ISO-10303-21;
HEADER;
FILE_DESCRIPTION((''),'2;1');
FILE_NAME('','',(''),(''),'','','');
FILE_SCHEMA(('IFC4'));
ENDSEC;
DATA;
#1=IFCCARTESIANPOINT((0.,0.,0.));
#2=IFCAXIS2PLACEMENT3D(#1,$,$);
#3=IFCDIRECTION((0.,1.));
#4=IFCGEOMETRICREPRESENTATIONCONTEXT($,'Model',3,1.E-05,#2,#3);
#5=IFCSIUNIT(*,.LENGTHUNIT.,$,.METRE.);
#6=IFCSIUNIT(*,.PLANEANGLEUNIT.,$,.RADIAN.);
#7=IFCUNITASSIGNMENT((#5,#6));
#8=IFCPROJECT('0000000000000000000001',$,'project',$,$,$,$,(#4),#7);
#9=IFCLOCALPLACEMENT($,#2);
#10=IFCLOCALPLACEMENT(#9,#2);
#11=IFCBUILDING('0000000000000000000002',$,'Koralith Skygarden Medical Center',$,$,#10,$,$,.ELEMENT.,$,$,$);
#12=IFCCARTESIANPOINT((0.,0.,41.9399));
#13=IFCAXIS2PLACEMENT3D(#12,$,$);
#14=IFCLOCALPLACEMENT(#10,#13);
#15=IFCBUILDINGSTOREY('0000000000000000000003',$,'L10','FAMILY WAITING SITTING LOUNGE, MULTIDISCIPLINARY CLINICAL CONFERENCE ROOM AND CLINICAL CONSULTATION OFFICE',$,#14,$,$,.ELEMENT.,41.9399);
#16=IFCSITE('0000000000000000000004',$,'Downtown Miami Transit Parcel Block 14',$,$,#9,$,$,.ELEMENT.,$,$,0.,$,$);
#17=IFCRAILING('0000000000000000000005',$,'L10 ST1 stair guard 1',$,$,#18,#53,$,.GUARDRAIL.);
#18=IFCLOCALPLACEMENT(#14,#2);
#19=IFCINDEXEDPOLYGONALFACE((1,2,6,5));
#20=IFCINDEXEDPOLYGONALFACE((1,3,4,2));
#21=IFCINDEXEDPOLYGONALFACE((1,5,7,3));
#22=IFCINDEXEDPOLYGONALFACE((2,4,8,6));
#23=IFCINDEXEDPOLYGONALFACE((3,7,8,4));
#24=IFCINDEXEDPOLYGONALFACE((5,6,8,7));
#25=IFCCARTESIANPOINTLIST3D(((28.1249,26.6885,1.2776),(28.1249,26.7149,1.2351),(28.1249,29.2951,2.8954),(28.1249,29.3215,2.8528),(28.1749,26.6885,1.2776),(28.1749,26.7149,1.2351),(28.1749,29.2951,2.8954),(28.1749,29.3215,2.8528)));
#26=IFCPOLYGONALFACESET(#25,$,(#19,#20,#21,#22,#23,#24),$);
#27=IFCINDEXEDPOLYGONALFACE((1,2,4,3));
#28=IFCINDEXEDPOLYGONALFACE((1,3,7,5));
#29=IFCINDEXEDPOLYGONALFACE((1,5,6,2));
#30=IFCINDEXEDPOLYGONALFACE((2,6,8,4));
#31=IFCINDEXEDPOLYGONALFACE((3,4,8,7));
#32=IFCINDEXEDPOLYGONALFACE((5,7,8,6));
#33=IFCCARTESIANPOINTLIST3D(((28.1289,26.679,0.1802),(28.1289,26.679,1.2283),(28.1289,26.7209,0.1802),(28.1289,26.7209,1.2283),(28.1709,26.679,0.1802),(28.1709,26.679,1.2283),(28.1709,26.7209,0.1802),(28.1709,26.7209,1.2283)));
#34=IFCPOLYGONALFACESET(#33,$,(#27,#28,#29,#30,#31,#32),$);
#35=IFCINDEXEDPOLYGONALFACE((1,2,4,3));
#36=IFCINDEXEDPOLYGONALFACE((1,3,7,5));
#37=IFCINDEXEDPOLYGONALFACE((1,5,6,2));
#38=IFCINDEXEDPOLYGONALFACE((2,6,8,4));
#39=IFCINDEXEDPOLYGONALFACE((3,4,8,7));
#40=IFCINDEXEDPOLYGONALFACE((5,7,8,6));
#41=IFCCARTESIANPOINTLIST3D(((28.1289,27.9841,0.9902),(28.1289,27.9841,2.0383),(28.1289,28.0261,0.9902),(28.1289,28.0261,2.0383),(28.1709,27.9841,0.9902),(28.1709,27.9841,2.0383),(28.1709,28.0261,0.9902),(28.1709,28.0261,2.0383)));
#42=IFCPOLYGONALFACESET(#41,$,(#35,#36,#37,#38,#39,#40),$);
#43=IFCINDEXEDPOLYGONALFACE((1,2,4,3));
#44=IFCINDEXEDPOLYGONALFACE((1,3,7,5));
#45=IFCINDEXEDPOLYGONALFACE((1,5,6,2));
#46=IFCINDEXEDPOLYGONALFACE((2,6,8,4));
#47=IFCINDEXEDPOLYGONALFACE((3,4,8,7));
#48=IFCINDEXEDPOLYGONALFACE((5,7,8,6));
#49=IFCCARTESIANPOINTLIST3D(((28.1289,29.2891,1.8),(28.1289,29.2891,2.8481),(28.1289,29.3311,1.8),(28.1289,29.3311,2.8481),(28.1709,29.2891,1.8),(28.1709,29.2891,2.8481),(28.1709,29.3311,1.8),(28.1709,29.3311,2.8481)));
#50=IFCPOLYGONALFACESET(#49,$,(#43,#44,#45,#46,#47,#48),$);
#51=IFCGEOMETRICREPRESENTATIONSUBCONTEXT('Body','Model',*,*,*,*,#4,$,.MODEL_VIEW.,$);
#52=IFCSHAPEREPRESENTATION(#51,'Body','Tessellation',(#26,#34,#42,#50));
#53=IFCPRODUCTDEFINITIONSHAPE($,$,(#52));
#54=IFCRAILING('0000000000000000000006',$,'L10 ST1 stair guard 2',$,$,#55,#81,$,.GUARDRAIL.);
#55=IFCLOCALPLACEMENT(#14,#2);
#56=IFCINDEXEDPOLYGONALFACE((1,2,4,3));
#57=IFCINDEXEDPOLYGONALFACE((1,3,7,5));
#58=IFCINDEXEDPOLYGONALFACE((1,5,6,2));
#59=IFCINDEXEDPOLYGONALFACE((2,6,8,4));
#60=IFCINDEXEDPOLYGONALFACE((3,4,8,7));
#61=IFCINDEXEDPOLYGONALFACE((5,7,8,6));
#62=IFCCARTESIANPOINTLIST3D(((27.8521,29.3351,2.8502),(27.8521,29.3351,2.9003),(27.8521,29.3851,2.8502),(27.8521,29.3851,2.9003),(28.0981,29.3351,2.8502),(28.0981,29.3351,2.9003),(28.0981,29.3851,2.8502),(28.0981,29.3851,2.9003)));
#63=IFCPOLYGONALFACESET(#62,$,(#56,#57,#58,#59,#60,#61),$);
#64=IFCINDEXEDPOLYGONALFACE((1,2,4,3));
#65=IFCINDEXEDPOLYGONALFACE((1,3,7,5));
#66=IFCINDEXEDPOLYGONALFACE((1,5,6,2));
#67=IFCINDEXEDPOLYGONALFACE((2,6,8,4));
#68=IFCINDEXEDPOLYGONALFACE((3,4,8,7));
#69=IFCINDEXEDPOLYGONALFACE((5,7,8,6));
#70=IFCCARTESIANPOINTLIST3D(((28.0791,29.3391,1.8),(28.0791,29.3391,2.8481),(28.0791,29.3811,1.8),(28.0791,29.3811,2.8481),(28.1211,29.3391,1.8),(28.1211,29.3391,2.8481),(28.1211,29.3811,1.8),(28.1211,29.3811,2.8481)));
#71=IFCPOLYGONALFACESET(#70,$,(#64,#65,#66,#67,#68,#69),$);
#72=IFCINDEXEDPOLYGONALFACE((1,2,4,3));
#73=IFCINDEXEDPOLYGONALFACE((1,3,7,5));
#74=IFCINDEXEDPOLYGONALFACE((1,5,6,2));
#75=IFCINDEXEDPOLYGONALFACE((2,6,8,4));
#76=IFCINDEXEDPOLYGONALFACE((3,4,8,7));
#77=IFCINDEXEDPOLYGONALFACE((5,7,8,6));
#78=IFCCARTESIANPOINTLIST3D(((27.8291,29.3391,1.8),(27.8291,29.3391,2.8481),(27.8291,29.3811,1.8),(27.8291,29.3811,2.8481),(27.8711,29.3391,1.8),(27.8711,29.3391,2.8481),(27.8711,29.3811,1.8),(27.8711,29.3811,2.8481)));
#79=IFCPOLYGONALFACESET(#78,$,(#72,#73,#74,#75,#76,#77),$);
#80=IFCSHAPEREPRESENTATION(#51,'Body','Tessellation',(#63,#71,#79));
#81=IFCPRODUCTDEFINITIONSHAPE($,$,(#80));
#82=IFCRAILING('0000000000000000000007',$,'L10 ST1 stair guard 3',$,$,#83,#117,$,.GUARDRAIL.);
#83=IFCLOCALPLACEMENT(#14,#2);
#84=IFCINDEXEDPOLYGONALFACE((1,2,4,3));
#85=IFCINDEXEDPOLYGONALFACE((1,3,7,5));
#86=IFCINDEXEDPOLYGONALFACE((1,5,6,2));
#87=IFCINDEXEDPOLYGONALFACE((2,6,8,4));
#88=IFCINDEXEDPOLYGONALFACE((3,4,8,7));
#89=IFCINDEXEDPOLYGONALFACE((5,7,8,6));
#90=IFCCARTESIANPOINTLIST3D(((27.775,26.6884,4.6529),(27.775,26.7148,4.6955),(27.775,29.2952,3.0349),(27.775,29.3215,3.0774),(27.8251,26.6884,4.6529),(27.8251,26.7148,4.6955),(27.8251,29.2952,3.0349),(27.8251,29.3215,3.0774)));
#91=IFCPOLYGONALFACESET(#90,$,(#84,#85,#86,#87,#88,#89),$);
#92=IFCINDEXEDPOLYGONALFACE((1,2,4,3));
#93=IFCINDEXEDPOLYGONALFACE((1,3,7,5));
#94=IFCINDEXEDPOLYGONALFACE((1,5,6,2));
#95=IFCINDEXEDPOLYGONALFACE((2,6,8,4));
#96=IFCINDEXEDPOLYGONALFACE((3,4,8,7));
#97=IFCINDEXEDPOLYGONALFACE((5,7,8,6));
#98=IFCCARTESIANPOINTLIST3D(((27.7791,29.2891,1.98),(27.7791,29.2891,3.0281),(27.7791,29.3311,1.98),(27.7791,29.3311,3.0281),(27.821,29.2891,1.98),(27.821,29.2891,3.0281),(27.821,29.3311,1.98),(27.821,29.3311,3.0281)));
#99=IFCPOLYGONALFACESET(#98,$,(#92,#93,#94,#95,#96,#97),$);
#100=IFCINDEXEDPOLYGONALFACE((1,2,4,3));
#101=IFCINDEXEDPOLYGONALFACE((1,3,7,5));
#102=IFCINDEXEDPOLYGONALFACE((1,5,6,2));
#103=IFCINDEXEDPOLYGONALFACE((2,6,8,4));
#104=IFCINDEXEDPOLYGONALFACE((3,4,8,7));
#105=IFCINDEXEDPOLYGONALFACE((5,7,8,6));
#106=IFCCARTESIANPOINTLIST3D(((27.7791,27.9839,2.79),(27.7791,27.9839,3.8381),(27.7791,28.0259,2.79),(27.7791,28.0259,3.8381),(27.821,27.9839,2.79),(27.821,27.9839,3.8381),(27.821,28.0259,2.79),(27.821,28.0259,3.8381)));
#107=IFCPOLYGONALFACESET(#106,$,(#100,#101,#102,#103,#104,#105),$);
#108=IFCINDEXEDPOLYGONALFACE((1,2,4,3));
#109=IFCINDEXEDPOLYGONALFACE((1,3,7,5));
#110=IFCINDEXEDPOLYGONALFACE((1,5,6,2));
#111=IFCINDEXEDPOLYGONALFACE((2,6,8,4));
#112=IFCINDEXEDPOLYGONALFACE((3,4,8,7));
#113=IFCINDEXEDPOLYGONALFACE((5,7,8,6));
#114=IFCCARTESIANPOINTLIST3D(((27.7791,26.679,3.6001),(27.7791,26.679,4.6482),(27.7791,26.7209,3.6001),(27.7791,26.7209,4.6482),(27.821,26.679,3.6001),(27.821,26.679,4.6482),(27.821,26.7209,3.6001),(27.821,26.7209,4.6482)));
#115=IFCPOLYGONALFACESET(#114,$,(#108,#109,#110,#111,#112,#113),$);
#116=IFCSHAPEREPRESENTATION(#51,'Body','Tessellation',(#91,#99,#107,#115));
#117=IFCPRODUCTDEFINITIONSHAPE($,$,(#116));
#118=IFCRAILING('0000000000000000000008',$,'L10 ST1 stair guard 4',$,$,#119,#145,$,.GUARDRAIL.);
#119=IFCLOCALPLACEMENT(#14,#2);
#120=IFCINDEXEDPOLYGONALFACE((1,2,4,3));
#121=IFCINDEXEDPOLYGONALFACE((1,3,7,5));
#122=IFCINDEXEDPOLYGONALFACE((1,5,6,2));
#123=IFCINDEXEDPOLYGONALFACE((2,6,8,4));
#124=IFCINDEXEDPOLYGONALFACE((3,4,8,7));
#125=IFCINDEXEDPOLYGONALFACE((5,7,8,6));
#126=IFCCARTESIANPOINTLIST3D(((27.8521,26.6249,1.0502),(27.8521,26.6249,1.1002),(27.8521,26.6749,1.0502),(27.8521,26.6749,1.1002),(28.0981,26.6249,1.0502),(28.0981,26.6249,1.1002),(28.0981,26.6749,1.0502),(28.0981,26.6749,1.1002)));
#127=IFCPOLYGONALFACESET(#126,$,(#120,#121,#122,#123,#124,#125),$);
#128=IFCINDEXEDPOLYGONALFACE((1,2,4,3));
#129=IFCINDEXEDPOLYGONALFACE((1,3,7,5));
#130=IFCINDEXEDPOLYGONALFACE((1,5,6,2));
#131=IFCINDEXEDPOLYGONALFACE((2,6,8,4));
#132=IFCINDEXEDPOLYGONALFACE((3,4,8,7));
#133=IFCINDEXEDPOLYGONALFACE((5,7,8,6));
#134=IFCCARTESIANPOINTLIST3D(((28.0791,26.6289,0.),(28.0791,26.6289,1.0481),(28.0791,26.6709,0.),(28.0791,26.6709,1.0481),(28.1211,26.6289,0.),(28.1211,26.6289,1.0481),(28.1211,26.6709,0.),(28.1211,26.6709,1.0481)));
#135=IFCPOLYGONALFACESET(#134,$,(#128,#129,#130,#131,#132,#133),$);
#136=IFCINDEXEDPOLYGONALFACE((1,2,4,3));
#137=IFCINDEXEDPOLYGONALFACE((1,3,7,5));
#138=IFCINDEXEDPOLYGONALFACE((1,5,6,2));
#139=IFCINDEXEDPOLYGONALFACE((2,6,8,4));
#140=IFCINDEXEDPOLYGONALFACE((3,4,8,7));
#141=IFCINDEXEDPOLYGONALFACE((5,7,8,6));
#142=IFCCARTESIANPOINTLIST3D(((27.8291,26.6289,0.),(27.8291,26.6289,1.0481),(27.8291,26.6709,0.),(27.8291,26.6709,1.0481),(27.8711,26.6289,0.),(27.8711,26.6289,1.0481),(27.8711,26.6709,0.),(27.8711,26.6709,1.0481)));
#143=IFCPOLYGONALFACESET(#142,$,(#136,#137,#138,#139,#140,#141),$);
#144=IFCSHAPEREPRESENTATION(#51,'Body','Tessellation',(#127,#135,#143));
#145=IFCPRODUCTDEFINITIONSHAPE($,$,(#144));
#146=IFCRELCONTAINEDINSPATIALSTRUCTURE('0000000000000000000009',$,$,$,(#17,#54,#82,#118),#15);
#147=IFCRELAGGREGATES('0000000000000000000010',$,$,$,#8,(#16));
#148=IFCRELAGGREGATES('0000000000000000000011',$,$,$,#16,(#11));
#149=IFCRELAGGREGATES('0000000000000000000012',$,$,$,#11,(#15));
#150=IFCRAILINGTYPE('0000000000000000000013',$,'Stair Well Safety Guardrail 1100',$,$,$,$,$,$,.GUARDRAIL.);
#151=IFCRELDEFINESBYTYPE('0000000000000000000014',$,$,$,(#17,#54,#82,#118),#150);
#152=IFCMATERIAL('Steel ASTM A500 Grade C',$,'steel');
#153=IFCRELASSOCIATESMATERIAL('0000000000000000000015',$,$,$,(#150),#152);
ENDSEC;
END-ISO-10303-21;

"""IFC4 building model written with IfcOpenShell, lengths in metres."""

from ifc_helpers import new_model, si_unit, direction, frame, origin, origin_2d, place, context, subcontext, project, spatial, rectangle, extrude, material, type_object, element, save


model = new_model("IFC4")

# Units and contexts
model_context = context("Model", 3, precision=1e-05, world=origin(), true_north=direction((0.0, 1.0)))
body_context = subcontext(model_context, "Body", "Model", "MODEL_VIEW")
ifc_project = project(units=[si_unit("LENGTHUNIT", "METRE"), si_unit("PLANEANGLEUNIT", "RADIAN")], contexts=[model_context])

# Site, building, storey
site_placement = place(None, origin())
site = spatial("IfcSite", under=ifc_project, at=site_placement, Name="Downtown Miami Transit Parcel Block 14", CompositionType="ELEMENT", RefElevation=0.0)
building_placement = place(site_placement, origin())
building = spatial("IfcBuilding", under=site, at=building_placement, Name="Koralith Skygarden Medical Center", CompositionType="ELEMENT")
storey_placement = place(building_placement, frame((0.0, 0.0, 41.9399)))
storey = spatial("IfcBuildingStorey", under=building, at=storey_placement, Name="L10", Description="FAMILY WAITING SITTING LOUNGE, MULTIDISCIPLINARY CLINICAL CONFERENCE ROOM AND CLINICAL CONSULTATION OFFICE", CompositionType="ELEMENT", Elevation=41.9399)

# Railings
ifc_material_1 = material(Name="Steel ASTM A500 Grade C", Category="steel")
railing_type_1 = type_object("IfcRailingType", Name="Stair Well Safety Guardrail 1100", PredefinedType="GUARDRAIL", material=ifc_material_1)
railing_1_placement = place(storey_placement, frame((28.1499, 26.7, 0.1802)))
element("IfcRailing", 1, at=railing_1_placement, inside=storey, type_object=railing_type_1, Name="L10 ST1 stair guard 1", PredefinedType="GUARDRAIL", context=body_context, shape_type="SweptSolid", body=[
    extrude(rectangle(XDim=0.05, YDim=0.05, at=origin_2d()), frame((0.0, 0.0017, 1.0762), z_axis=(0.0, 0.849668, 0.527317), x_axis=(-1.0, 0.0, 0.0)), (0.0, 0.0, 1.0), 3.0679),
    extrude(rectangle(XDim=0.042, YDim=0.042, at=origin_2d()), origin(), (0.0, 0.0, 1.0), 1.0481),
    extrude(rectangle(XDim=0.042, YDim=0.042, at=origin_2d()), frame((0.0, 1.3052, 0.8101)), (0.0, 0.0, 1.0), 1.0481),
    extrude(rectangle(XDim=0.042, YDim=0.042, at=origin_2d()), frame((0.0, 2.6101, 1.6199)), (0.0, 0.0, 1.0), 1.0481),
])
railing_2_placement = place(storey_placement, frame((28.1001, 29.3601, 1.8)))
element("IfcRailing", 2, at=railing_2_placement, inside=storey, type_object=railing_type_1, Name="L10 ST1 stair guard 2", PredefinedType="GUARDRAIL", context=body_context, shape_type="SweptSolid", body=[
    extrude(rectangle(XDim=0.05, YDim=0.05, at=origin_2d()), frame((-0.002, 0.0, 1.0752), z_axis=(-1.0, 0.0, 0.0), x_axis=(0.0, -1.0, 0.0)), (0.0, 0.0, 1.0), 0.2461),
    extrude(rectangle(XDim=0.042, YDim=0.042, at=origin_2d()), origin(), (0.0, 0.0, 1.0), 1.0481),
    extrude(rectangle(XDim=0.042, YDim=0.042, at=origin_2d()), frame((-0.25, 0.0, 0.0)), (0.0, 0.0, 1.0), 1.0481),
])
railing_3_placement = place(storey_placement, frame((27.8, 29.3101, 1.98)))
element("IfcRailing", 3, at=railing_3_placement, inside=storey, type_object=railing_type_1, Name="L10 ST1 stair guard 3", PredefinedType="GUARDRAIL", context=body_context, shape_type="SweptSolid", body=[
    extrude(rectangle(XDim=0.05, YDim=0.05, at=origin_2d()), frame((0.0, -0.0017, 1.0762), z_axis=(0.0, -0.849633, 0.527375), x_axis=(1.0, 0.0, 0.0)), (0.0, 0.0, 1.0), 3.0681),
    extrude(rectangle(XDim=0.042, YDim=0.042, at=origin_2d()), origin(), (0.0, 0.0, 1.0), 1.0481),
    extrude(rectangle(XDim=0.042, YDim=0.042, at=origin_2d()), frame((0.0, -1.3052, 0.8101)), (0.0, 0.0, 1.0), 1.0481),
    extrude(rectangle(XDim=0.042, YDim=0.042, at=origin_2d()), frame((0.0, -2.6101, 1.6201)), (0.0, 0.0, 1.0), 1.0481),
])
railing_4_placement = place(storey_placement, frame((28.1001, 26.6499, 0.0)))
element("IfcRailing", 4, at=railing_4_placement, inside=storey, type_object=railing_type_1, Name="L10 ST1 stair guard 4", PredefinedType="GUARDRAIL", context=body_context, shape_type="SweptSolid", body=[
    extrude(rectangle(XDim=0.05, YDim=0.05, at=origin_2d()), frame((-0.002, 0.0, 1.0752), z_axis=(-1.0, 0.0, 0.0), x_axis=(0.0, -1.0, 0.0)), (0.0, 0.0, 1.0), 0.2461),
    extrude(rectangle(XDim=0.042, YDim=0.042, at=origin_2d()), origin(), (0.0, 0.0, 1.0), 1.0481),
    extrude(rectangle(XDim=0.042, YDim=0.042, at=origin_2d()), frame((-0.25, 0.0, 0.0)), (0.0, 0.0, 1.0), 1.0481),
])

save(model, "model.ifc")
